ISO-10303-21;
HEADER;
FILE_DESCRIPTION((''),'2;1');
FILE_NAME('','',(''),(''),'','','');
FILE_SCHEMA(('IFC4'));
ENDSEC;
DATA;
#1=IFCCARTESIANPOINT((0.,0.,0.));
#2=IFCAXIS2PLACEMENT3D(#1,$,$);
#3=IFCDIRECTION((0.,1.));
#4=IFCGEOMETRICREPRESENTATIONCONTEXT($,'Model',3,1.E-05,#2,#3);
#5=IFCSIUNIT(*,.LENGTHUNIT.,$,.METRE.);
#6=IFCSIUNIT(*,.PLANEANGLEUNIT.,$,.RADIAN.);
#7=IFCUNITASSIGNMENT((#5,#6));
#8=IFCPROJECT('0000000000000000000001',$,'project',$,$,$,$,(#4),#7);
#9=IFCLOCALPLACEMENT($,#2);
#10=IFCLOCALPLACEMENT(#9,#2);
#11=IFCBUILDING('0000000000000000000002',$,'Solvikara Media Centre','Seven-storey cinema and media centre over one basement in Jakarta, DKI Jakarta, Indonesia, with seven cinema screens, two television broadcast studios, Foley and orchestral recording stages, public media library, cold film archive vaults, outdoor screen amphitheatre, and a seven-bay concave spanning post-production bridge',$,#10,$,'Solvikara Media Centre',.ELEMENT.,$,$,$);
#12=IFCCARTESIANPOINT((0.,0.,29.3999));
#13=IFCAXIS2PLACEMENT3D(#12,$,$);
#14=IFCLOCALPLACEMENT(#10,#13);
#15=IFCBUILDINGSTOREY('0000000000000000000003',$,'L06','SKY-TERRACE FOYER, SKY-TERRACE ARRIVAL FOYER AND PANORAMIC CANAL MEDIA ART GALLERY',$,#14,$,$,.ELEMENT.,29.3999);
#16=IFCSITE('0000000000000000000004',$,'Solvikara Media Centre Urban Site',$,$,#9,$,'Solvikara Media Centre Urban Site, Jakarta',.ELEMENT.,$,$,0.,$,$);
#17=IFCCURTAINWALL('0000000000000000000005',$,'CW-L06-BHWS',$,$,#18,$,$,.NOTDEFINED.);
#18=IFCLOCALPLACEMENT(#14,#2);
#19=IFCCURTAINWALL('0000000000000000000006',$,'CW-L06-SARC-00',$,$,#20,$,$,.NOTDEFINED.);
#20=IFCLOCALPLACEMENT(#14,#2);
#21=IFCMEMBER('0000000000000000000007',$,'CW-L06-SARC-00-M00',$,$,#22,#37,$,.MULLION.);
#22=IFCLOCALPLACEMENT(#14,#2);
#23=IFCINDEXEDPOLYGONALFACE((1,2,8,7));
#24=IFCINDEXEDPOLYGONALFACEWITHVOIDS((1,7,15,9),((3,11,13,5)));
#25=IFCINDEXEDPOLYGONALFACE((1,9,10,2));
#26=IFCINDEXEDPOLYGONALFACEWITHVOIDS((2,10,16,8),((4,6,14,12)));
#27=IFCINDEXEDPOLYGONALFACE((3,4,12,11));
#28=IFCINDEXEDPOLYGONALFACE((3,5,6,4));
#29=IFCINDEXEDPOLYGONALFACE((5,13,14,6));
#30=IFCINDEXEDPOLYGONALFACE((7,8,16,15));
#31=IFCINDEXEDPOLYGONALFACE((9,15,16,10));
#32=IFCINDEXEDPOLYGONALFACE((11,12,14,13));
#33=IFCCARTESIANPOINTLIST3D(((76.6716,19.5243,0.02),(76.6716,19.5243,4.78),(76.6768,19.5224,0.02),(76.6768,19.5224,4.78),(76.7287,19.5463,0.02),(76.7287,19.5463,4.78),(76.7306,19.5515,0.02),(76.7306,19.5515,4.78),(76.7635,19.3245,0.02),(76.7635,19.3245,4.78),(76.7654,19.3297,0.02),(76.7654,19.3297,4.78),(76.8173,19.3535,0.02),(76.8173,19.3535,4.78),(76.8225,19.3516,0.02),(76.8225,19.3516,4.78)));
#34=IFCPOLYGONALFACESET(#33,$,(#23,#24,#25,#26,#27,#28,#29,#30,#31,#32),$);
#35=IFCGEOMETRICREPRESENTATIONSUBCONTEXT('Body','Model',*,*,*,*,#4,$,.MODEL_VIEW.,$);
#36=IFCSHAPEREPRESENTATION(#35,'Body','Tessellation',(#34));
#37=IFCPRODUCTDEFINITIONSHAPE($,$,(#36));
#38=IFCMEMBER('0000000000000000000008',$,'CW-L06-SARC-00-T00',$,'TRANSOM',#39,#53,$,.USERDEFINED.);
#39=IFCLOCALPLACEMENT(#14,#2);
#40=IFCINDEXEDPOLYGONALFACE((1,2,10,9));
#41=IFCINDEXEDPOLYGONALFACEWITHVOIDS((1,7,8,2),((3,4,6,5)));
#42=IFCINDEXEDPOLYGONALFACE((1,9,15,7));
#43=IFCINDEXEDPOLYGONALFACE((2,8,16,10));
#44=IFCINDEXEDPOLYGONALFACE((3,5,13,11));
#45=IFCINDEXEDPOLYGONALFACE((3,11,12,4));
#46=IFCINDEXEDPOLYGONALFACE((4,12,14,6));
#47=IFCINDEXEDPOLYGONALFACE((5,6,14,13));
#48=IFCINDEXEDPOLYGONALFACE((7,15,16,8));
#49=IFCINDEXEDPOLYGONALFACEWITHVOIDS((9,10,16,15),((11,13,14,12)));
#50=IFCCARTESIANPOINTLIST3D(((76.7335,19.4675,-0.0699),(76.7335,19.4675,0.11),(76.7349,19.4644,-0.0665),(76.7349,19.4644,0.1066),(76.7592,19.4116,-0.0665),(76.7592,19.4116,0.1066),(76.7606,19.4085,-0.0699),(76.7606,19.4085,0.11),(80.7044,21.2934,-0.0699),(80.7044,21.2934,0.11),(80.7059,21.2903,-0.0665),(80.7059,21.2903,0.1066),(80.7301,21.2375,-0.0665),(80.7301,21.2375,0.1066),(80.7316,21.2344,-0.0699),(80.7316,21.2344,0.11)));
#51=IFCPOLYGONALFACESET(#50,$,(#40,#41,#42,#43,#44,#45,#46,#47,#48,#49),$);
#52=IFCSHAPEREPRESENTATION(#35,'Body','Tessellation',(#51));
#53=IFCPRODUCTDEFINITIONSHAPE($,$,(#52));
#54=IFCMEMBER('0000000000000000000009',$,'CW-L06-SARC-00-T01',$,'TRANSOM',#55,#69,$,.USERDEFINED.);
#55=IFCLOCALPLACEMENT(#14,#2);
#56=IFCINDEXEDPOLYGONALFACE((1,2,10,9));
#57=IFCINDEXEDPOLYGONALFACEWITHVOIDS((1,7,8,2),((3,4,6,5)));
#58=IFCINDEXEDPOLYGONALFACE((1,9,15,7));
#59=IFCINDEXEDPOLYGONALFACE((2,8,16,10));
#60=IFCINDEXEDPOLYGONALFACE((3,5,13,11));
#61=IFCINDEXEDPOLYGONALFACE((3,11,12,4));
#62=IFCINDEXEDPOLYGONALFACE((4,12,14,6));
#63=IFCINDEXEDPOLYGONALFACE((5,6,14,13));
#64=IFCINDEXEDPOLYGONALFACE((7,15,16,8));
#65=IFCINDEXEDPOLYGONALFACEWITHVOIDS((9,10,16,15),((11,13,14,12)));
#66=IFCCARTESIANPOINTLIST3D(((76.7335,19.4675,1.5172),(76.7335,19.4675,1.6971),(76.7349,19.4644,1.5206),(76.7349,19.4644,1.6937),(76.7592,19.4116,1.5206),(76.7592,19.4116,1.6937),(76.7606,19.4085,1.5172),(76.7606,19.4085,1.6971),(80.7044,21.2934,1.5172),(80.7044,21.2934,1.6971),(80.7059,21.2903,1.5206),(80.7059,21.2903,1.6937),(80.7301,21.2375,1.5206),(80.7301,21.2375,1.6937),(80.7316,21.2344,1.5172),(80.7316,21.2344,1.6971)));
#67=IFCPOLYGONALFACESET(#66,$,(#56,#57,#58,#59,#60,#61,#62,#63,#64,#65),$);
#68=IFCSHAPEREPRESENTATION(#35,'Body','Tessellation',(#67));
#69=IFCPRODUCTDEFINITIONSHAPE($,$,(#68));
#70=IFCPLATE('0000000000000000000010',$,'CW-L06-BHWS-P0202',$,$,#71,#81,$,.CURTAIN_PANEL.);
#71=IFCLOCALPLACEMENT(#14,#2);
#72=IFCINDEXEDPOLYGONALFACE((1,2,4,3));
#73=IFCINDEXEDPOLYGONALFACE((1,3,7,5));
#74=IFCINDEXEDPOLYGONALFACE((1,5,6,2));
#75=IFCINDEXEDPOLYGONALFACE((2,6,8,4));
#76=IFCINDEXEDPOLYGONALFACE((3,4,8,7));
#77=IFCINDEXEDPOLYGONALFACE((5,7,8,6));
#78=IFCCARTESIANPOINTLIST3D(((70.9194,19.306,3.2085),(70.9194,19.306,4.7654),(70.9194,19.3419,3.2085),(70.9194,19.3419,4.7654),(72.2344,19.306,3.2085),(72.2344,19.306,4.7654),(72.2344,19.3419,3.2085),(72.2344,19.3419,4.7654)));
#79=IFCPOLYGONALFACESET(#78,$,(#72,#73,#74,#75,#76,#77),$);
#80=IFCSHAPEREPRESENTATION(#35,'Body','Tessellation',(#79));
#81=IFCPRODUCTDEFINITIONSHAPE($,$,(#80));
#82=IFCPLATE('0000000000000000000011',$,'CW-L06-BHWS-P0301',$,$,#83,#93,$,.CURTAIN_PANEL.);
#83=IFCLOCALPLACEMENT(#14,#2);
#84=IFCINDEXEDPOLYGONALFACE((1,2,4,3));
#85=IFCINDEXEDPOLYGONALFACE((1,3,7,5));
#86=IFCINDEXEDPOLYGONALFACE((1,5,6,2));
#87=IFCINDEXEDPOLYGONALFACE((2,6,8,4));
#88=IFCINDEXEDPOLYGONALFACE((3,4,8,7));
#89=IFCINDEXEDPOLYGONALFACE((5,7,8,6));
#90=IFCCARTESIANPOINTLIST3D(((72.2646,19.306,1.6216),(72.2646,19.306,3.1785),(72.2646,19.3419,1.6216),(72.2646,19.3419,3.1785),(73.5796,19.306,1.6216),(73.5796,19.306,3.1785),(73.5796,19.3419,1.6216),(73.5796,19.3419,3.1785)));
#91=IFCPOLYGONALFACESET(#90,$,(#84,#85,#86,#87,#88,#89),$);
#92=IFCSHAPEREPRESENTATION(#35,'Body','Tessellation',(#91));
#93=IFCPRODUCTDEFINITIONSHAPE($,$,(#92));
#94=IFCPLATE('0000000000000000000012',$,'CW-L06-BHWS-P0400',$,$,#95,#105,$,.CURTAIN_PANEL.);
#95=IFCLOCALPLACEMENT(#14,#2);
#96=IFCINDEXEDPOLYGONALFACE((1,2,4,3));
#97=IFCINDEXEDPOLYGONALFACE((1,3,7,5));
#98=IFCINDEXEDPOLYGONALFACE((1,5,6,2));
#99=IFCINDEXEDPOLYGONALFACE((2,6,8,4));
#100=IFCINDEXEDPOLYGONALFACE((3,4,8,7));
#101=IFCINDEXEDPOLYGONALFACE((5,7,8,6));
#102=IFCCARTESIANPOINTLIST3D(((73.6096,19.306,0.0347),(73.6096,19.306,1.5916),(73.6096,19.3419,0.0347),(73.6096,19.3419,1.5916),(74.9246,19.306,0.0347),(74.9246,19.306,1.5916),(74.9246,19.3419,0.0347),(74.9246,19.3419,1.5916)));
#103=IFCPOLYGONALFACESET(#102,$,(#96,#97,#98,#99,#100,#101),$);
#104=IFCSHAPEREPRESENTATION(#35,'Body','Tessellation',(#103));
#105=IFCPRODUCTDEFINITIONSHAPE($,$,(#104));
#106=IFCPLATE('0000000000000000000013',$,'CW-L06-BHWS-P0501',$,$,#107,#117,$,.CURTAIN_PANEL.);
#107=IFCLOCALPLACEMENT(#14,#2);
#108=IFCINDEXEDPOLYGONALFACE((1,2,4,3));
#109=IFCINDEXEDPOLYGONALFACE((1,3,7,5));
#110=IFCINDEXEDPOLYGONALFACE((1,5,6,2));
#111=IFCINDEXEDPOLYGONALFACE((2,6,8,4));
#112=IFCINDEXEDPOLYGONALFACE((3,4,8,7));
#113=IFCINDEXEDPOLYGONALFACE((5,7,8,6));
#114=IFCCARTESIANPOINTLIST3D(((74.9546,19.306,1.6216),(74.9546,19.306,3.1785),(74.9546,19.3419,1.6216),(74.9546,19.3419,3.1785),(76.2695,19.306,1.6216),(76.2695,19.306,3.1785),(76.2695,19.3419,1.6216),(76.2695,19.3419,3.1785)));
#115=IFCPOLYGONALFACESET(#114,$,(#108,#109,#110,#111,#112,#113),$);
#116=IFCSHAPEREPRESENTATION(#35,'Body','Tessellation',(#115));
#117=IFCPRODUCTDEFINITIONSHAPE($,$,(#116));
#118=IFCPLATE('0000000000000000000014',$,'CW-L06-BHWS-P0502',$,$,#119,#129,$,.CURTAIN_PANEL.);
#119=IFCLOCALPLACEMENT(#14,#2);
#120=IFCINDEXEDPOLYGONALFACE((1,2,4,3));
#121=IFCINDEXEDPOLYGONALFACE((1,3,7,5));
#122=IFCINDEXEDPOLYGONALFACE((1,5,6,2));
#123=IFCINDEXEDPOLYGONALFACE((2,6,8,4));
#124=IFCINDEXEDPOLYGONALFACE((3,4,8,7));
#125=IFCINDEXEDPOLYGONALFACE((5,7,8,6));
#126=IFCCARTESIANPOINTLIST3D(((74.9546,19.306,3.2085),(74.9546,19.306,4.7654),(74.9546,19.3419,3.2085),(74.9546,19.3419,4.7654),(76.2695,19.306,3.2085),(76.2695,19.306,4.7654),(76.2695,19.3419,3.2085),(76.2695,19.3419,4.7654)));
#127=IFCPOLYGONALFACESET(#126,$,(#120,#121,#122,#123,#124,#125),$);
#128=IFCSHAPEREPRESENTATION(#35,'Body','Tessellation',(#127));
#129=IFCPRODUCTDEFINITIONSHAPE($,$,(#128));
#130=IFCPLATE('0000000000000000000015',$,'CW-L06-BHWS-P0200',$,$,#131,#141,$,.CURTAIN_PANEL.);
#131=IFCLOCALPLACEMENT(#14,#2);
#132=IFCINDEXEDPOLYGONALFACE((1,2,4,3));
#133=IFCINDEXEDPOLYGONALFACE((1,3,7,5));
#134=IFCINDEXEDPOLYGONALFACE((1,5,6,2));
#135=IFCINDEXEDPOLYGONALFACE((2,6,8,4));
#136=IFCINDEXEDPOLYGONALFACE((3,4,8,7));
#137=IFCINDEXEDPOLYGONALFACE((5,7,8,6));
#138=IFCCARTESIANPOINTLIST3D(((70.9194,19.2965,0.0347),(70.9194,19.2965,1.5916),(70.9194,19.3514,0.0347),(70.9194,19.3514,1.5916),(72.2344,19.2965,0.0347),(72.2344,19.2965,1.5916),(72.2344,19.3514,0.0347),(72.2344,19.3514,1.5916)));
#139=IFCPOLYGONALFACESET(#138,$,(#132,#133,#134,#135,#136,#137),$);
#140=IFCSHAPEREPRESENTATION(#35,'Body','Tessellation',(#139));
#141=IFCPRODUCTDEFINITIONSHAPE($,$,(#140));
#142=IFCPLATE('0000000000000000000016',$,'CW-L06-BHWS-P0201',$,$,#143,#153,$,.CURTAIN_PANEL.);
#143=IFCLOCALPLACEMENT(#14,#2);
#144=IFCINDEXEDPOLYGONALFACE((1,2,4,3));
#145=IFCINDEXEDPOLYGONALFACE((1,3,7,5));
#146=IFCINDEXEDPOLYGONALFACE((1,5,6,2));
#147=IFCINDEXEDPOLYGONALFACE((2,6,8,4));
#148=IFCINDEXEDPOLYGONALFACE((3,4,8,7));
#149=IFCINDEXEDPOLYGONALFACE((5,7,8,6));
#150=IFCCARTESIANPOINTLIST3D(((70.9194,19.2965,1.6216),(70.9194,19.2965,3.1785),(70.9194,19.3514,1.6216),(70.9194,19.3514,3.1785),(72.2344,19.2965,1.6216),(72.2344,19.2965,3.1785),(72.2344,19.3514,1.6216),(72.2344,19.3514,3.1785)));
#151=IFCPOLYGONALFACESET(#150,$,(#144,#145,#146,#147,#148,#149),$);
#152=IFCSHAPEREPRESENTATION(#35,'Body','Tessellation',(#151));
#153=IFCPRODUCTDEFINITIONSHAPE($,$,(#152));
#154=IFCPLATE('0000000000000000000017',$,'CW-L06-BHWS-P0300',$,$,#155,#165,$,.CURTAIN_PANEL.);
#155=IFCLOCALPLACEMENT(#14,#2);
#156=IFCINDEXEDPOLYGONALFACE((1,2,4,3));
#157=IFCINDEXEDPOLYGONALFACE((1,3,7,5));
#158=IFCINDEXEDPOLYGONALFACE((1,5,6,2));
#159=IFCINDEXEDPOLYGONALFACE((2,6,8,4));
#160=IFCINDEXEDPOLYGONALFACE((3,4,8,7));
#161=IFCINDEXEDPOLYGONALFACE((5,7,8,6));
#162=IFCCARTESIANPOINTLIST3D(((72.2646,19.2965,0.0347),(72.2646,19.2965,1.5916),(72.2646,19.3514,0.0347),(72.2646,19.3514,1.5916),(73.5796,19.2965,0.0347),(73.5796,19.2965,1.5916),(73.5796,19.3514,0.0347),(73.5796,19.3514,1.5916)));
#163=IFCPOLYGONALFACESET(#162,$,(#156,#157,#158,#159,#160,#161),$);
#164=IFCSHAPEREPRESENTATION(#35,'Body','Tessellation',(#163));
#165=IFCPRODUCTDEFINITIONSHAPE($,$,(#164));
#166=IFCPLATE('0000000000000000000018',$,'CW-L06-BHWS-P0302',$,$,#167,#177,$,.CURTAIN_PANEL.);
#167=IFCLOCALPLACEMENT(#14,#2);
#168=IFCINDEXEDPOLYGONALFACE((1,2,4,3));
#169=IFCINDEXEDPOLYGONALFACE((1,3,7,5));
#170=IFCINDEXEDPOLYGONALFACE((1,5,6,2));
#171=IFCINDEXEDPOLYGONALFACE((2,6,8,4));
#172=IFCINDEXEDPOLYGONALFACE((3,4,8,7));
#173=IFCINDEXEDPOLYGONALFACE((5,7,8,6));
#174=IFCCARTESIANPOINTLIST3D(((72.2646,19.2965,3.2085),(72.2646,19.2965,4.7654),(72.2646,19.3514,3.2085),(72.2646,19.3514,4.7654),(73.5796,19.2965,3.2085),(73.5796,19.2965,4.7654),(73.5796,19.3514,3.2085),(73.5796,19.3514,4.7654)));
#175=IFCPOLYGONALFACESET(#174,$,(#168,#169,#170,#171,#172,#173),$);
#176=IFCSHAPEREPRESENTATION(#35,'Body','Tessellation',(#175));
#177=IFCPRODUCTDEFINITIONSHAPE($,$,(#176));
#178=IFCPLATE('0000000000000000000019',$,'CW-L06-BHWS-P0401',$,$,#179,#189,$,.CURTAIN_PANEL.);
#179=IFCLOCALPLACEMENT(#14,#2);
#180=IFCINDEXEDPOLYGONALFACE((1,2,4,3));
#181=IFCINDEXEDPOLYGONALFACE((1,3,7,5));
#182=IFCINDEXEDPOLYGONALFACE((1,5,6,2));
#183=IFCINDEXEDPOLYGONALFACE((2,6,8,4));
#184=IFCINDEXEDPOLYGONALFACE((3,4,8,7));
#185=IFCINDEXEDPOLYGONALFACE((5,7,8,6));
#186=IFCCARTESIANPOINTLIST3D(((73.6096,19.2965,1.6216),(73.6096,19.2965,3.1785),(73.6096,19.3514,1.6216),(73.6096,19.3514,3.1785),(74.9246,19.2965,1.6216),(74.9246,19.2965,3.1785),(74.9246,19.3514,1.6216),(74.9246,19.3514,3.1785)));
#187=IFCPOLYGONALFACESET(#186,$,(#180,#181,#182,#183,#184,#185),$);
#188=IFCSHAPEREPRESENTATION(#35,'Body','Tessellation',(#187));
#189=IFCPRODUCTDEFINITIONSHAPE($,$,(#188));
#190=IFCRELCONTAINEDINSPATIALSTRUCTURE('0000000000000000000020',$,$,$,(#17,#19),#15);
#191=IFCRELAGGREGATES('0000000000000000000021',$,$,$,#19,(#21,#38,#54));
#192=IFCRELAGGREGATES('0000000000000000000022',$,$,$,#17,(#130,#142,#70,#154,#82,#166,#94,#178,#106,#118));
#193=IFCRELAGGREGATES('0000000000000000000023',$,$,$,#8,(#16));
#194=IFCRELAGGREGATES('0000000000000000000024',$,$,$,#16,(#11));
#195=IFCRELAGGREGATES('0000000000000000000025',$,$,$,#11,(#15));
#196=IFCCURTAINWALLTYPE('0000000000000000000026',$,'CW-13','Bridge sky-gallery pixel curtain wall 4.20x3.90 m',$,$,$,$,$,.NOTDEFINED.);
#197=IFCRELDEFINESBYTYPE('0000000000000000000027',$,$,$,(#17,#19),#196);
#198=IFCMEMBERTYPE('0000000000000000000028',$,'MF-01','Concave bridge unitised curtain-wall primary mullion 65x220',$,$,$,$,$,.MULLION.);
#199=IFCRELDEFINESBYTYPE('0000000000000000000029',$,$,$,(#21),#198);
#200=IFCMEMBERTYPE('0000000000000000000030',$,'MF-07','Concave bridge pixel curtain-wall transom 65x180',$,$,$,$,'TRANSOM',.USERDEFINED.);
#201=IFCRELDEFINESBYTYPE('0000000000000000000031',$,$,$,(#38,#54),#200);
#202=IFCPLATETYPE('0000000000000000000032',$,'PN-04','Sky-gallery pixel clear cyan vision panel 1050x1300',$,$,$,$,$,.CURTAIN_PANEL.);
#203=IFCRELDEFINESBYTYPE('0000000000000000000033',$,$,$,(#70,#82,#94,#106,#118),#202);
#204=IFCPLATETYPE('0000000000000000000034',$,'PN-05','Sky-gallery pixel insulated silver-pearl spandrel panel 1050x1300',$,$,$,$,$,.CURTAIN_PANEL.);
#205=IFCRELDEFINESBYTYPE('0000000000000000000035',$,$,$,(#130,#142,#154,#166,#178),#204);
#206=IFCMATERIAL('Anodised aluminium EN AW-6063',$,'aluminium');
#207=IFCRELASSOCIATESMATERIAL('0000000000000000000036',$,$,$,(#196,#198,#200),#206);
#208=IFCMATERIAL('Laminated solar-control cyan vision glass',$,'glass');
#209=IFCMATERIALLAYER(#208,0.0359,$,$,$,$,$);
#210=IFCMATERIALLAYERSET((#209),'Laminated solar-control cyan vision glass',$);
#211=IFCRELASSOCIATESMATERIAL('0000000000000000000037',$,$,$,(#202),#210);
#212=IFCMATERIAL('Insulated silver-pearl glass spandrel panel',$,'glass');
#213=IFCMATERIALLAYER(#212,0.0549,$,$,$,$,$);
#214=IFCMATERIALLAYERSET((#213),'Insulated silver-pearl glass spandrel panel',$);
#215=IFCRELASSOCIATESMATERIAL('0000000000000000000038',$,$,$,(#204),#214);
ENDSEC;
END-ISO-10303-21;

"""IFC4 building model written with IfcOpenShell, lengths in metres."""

from ifc_helpers import new_model, si_unit, direction, frame, origin, origin_2d, place, context, subcontext, project, spatial, rectangle, hollow_rectangle, extrude, material, layer, layer_set, material_profile, profile_set, type_object, element, aggregate, save


model = new_model("IFC4")

# Units and contexts
model_context = context("Model", 3, precision=1e-05, world=origin(), true_north=direction((0.0, 1.0)))
body_context = subcontext(model_context, "Body", "Model", "MODEL_VIEW")
ifc_project = project(units=[si_unit("LENGTHUNIT", "METRE"), si_unit("PLANEANGLEUNIT", "RADIAN")], contexts=[model_context])

# Site, building, storey
site_placement = place(None, origin())
site = spatial("IfcSite", under=ifc_project, at=site_placement, Name="Solvikara Media Centre Urban Site", LongName="Solvikara Media Centre Urban Site, Jakarta", CompositionType="ELEMENT", RefElevation=0.0)
building_placement = place(site_placement, origin())
building = spatial("IfcBuilding", under=site, at=building_placement, Name="Solvikara Media Centre", Description="Seven-storey cinema and media centre over one basement in Jakarta, DKI Jakarta, Indonesia, with seven cinema screens, two television broadcast studios, Foley and orchestral recording stages, public media library, cold film archive vaults, outdoor screen amphitheatre, and a seven-bay concave spanning post-production bridge", LongName="Solvikara Media Centre", CompositionType="ELEMENT")
storey_placement = place(building_placement, frame((0.0, 0.0, 29.3999)))
storey = spatial("IfcBuildingStorey", under=building, at=storey_placement, Name="L06", Description="SKY-TERRACE FOYER, SKY-TERRACE ARRIVAL FOYER AND PANORAMIC CANAL MEDIA ART GALLERY", CompositionType="ELEMENT", Elevation=29.3999)

# Curtain walls, members
ifc_material_1 = material(Name="Anodised aluminium EN AW-6063", Category="aluminium")
curtain_wall_type = type_object("IfcCurtainWallType", Name="CW-13", Description="Bridge sky-gallery pixel curtain wall 4.20x3.90 m", PredefinedType="NOTDEFINED", material=ifc_material_1)
curtain_wall_1_placement = place(storey_placement, origin())
curtain_wall_1 = element("IfcCurtainWall", 1, at=curtain_wall_1_placement, inside=storey, type_object=curtain_wall_type, Name="CW-L06-BHWS", PredefinedType="NOTDEFINED")
ifc_material_profile_1 = material_profile(ifc_material_1, hollow_rectangle(XDim=0.0649, YDim=0.22, WallThickness=0.0039, at=origin_2d()), Name="ALU-M 65x220x4")
ifc_profile_set_1 = profile_set([ifc_material_profile_1], Name="Anodised aluminium EN AW-6063")
member_type_1 = type_object("IfcMemberType", Name="MF-01", Description="Concave bridge unitised curtain-wall primary mullion 65x220", PredefinedType="MULLION", material=ifc_profile_set_1)
curtain_wall_2_placement = place(storey_placement, origin())
curtain_wall_2 = element("IfcCurtainWall", 2, at=curtain_wall_2_placement, inside=storey, type_object=curtain_wall_type, Name="CW-L06-SARC-00", PredefinedType="NOTDEFINED")
member_1_placement = place(storey_placement, frame((76.7471, 19.438, 0.02), z_axis=(0.0, 0.0, 1.0), x_axis=(0.908545, 0.417788, 0.0)))
member_1 = element("IfcMember", 3, at=member_1_placement, type_object=member_type_1, Name="CW-L06-SARC-00-M00", PredefinedType="MULLION", context=body_context, shape_type="SweptSolid", body=[
    extrude(hollow_rectangle(XDim=0.0649, YDim=0.22, WallThickness=0.0039, at=origin_2d()), origin(), (0.0, 0.0, 1.0), 4.76),
])
ifc_material_profile_2 = material_profile(ifc_material_1, hollow_rectangle(XDim=0.0649, YDim=0.1799, WallThickness=0.0034, at=origin_2d()), Name="ALU-T 65x180x3.5")
ifc_profile_set_2 = profile_set([ifc_material_profile_2], Name="Anodised aluminium EN AW-6063")
member_type_2 = type_object("IfcMemberType", Name="MF-07", Description="Concave bridge pixel curtain-wall transom 65x180", ElementType="TRANSOM", PredefinedType="USERDEFINED", material=ifc_profile_set_2)
member_2_placement = place(storey_placement, frame((76.7471, 19.438, 0.02), z_axis=(0.908552, 0.417772, 0.0), x_axis=(-0.417772, 0.908552, 0.0)))
member_2 = element("IfcMember", 4, at=member_2_placement, type_object=member_type_2, Name="CW-L06-SARC-00-T00", ObjectType="TRANSOM", PredefinedType="USERDEFINED", context=body_context, shape_type="SweptSolid", body=[
    extrude(hollow_rectangle(XDim=0.0649, YDim=0.1799, WallThickness=0.0034, at=origin_2d()), origin(), (0.0, 0.0, 1.0), 4.3706),
])
member_3_placement = place(storey_placement, frame((76.7471, 19.438, 1.6072), z_axis=(0.908552, 0.417772, 0.0), x_axis=(-0.417772, 0.908552, 0.0)))
member_3 = element("IfcMember", 5, at=member_3_placement, type_object=member_type_2, Name="CW-L06-SARC-00-T01", ObjectType="TRANSOM", PredefinedType="USERDEFINED", context=body_context, shape_type="SweptSolid", body=[
    extrude(hollow_rectangle(XDim=0.0649, YDim=0.1799, WallThickness=0.0034, at=origin_2d()), origin(), (0.0, 0.0, 1.0), 4.3706),
])
aggregate(curtain_wall_2, [member_1, member_2, member_3])

# Plates
ifc_material_2 = material(Name="Laminated solar-control cyan vision glass", Category="glass")
ifc_layer_1 = layer(ifc_material_2, 0.0359)
ifc_layer_set_1 = layer_set([ifc_layer_1], Name="Laminated solar-control cyan vision glass")
plate_type_1 = type_object("IfcPlateType", Name="PN-04", Description="Sky-gallery pixel clear cyan vision panel 1050x1300", PredefinedType="CURTAIN_PANEL", material=ifc_layer_set_1)
plate_1_placement = place(storey_placement, frame((71.5769, 19.324, 3.2085), z_axis=(0.0, 0.0, 1.0), x_axis=(1.0, 0.0, 0.0)))
plate_1 = element("IfcPlate", 6, at=plate_1_placement, type_object=plate_type_1, Name="CW-L06-BHWS-P0202", PredefinedType="CURTAIN_PANEL", context=body_context, shape_type="SweptSolid", body=[
    extrude(rectangle(XDim=1.3149, YDim=0.0359, at=origin_2d()), origin(), (0.0, 0.0, 1.0), 1.5569),
])
plate_2_placement = place(storey_placement, frame((72.9221, 19.324, 1.6216), z_axis=(0.0, 0.0, 1.0), x_axis=(1.0, 0.0, 0.0)))
plate_2 = element("IfcPlate", 7, at=plate_2_placement, type_object=plate_type_1, Name="CW-L06-BHWS-P0301", PredefinedType="CURTAIN_PANEL", context=body_context, shape_type="SweptSolid", body=[
    extrude(rectangle(XDim=1.3149, YDim=0.0359, at=origin_2d()), origin(), (0.0, 0.0, 1.0), 1.5569),
])
plate_3_placement = place(storey_placement, frame((74.2671, 19.324, 0.0347), z_axis=(0.0, 0.0, 1.0), x_axis=(1.0, 0.0, 0.0)))
plate_3 = element("IfcPlate", 8, at=plate_3_placement, type_object=plate_type_1, Name="CW-L06-BHWS-P0400", PredefinedType="CURTAIN_PANEL", context=body_context, shape_type="SweptSolid", body=[
    extrude(rectangle(XDim=1.3149, YDim=0.0359, at=origin_2d()), origin(), (0.0, 0.0, 1.0), 1.5569),
])
plate_4_placement = place(storey_placement, frame((75.6121, 19.324, 1.6216), z_axis=(0.0, 0.0, 1.0), x_axis=(1.0, 0.0, 0.0)))
plate_4 = element("IfcPlate", 9, at=plate_4_placement, type_object=plate_type_1, Name="CW-L06-BHWS-P0501", PredefinedType="CURTAIN_PANEL", context=body_context, shape_type="SweptSolid", body=[
    extrude(rectangle(XDim=1.3149, YDim=0.0359, at=origin_2d()), origin(), (0.0, 0.0, 1.0), 1.5569),
])
plate_5_placement = place(storey_placement, frame((75.6121, 19.324, 3.2085), z_axis=(0.0, 0.0, 1.0), x_axis=(1.0, 0.0, 0.0)))
plate_5 = element("IfcPlate", 10, at=plate_5_placement, type_object=plate_type_1, Name="CW-L06-BHWS-P0502", PredefinedType="CURTAIN_PANEL", context=body_context, shape_type="SweptSolid", body=[
    extrude(rectangle(XDim=1.3149, YDim=0.0359, at=origin_2d()), origin(), (0.0, 0.0, 1.0), 1.5569),
])
ifc_material_3 = material(Name="Insulated silver-pearl glass spandrel panel", Category="glass")
ifc_layer_2 = layer(ifc_material_3, 0.0549)
ifc_layer_set_2 = layer_set([ifc_layer_2], Name="Insulated silver-pearl glass spandrel panel")
plate_type_2 = type_object("IfcPlateType", Name="PN-05", Description="Sky-gallery pixel insulated silver-pearl spandrel panel 1050x1300", PredefinedType="CURTAIN_PANEL", material=ifc_layer_set_2)
plate_6_placement = place(storey_placement, frame((71.5769, 19.324, 0.0347), z_axis=(0.0, 0.0, 1.0), x_axis=(1.0, 0.0, 0.0)))
plate_6 = element("IfcPlate", 11, at=plate_6_placement, type_object=plate_type_2, Name="CW-L06-BHWS-P0200", PredefinedType="CURTAIN_PANEL", context=body_context, shape_type="SweptSolid", body=[
    extrude(rectangle(XDim=1.3149, YDim=0.0549, at=origin_2d()), origin(), (0.0, 0.0, 1.0), 1.5569),
])
plate_7_placement = place(storey_placement, frame((71.5769, 19.324, 1.6216), z_axis=(0.0, 0.0, 1.0), x_axis=(1.0, 0.0, 0.0)))
plate_7 = element("IfcPlate", 12, at=plate_7_placement, type_object=plate_type_2, Name="CW-L06-BHWS-P0201", PredefinedType="CURTAIN_PANEL", context=body_context, shape_type="SweptSolid", body=[
    extrude(rectangle(XDim=1.3149, YDim=0.0549, at=origin_2d()), origin(), (0.0, 0.0, 1.0), 1.5569),
])
plate_8_placement = place(storey_placement, frame((72.9221, 19.324, 0.0347), z_axis=(0.0, 0.0, 1.0), x_axis=(1.0, 0.0, 0.0)))
plate_8 = element("IfcPlate", 13, at=plate_8_placement, type_object=plate_type_2, Name="CW-L06-BHWS-P0300", PredefinedType="CURTAIN_PANEL", context=body_context, shape_type="SweptSolid", body=[
    extrude(rectangle(XDim=1.3149, YDim=0.0549, at=origin_2d()), origin(), (0.0, 0.0, 1.0), 1.5569),
])
plate_9_placement = place(storey_placement, frame((72.9221, 19.324, 3.2085), z_axis=(0.0, 0.0, 1.0), x_axis=(1.0, 0.0, 0.0)))
plate_9 = element("IfcPlate", 14, at=plate_9_placement, type_object=plate_type_2, Name="CW-L06-BHWS-P0302", PredefinedType="CURTAIN_PANEL", context=body_context, shape_type="SweptSolid", body=[
    extrude(rectangle(XDim=1.3149, YDim=0.0549, at=origin_2d()), origin(), (0.0, 0.0, 1.0), 1.5569),
])
plate_10_placement = place(storey_placement, frame((74.2671, 19.324, 1.6216), z_axis=(0.0, 0.0, 1.0), x_axis=(1.0, 0.0, 0.0)))
plate_10 = element("IfcPlate", 15, at=plate_10_placement, type_object=plate_type_2, Name="CW-L06-BHWS-P0401", PredefinedType="CURTAIN_PANEL", context=body_context, shape_type="SweptSolid", body=[
    extrude(rectangle(XDim=1.3149, YDim=0.0549, at=origin_2d()), origin(), (0.0, 0.0, 1.0), 1.5569),
])
aggregate(curtain_wall_1, [plate_6, plate_7, plate_1, plate_8, plate_2, plate_9, plate_3, plate_10, plate_4, plate_5])

save(model, "model.ifc")
